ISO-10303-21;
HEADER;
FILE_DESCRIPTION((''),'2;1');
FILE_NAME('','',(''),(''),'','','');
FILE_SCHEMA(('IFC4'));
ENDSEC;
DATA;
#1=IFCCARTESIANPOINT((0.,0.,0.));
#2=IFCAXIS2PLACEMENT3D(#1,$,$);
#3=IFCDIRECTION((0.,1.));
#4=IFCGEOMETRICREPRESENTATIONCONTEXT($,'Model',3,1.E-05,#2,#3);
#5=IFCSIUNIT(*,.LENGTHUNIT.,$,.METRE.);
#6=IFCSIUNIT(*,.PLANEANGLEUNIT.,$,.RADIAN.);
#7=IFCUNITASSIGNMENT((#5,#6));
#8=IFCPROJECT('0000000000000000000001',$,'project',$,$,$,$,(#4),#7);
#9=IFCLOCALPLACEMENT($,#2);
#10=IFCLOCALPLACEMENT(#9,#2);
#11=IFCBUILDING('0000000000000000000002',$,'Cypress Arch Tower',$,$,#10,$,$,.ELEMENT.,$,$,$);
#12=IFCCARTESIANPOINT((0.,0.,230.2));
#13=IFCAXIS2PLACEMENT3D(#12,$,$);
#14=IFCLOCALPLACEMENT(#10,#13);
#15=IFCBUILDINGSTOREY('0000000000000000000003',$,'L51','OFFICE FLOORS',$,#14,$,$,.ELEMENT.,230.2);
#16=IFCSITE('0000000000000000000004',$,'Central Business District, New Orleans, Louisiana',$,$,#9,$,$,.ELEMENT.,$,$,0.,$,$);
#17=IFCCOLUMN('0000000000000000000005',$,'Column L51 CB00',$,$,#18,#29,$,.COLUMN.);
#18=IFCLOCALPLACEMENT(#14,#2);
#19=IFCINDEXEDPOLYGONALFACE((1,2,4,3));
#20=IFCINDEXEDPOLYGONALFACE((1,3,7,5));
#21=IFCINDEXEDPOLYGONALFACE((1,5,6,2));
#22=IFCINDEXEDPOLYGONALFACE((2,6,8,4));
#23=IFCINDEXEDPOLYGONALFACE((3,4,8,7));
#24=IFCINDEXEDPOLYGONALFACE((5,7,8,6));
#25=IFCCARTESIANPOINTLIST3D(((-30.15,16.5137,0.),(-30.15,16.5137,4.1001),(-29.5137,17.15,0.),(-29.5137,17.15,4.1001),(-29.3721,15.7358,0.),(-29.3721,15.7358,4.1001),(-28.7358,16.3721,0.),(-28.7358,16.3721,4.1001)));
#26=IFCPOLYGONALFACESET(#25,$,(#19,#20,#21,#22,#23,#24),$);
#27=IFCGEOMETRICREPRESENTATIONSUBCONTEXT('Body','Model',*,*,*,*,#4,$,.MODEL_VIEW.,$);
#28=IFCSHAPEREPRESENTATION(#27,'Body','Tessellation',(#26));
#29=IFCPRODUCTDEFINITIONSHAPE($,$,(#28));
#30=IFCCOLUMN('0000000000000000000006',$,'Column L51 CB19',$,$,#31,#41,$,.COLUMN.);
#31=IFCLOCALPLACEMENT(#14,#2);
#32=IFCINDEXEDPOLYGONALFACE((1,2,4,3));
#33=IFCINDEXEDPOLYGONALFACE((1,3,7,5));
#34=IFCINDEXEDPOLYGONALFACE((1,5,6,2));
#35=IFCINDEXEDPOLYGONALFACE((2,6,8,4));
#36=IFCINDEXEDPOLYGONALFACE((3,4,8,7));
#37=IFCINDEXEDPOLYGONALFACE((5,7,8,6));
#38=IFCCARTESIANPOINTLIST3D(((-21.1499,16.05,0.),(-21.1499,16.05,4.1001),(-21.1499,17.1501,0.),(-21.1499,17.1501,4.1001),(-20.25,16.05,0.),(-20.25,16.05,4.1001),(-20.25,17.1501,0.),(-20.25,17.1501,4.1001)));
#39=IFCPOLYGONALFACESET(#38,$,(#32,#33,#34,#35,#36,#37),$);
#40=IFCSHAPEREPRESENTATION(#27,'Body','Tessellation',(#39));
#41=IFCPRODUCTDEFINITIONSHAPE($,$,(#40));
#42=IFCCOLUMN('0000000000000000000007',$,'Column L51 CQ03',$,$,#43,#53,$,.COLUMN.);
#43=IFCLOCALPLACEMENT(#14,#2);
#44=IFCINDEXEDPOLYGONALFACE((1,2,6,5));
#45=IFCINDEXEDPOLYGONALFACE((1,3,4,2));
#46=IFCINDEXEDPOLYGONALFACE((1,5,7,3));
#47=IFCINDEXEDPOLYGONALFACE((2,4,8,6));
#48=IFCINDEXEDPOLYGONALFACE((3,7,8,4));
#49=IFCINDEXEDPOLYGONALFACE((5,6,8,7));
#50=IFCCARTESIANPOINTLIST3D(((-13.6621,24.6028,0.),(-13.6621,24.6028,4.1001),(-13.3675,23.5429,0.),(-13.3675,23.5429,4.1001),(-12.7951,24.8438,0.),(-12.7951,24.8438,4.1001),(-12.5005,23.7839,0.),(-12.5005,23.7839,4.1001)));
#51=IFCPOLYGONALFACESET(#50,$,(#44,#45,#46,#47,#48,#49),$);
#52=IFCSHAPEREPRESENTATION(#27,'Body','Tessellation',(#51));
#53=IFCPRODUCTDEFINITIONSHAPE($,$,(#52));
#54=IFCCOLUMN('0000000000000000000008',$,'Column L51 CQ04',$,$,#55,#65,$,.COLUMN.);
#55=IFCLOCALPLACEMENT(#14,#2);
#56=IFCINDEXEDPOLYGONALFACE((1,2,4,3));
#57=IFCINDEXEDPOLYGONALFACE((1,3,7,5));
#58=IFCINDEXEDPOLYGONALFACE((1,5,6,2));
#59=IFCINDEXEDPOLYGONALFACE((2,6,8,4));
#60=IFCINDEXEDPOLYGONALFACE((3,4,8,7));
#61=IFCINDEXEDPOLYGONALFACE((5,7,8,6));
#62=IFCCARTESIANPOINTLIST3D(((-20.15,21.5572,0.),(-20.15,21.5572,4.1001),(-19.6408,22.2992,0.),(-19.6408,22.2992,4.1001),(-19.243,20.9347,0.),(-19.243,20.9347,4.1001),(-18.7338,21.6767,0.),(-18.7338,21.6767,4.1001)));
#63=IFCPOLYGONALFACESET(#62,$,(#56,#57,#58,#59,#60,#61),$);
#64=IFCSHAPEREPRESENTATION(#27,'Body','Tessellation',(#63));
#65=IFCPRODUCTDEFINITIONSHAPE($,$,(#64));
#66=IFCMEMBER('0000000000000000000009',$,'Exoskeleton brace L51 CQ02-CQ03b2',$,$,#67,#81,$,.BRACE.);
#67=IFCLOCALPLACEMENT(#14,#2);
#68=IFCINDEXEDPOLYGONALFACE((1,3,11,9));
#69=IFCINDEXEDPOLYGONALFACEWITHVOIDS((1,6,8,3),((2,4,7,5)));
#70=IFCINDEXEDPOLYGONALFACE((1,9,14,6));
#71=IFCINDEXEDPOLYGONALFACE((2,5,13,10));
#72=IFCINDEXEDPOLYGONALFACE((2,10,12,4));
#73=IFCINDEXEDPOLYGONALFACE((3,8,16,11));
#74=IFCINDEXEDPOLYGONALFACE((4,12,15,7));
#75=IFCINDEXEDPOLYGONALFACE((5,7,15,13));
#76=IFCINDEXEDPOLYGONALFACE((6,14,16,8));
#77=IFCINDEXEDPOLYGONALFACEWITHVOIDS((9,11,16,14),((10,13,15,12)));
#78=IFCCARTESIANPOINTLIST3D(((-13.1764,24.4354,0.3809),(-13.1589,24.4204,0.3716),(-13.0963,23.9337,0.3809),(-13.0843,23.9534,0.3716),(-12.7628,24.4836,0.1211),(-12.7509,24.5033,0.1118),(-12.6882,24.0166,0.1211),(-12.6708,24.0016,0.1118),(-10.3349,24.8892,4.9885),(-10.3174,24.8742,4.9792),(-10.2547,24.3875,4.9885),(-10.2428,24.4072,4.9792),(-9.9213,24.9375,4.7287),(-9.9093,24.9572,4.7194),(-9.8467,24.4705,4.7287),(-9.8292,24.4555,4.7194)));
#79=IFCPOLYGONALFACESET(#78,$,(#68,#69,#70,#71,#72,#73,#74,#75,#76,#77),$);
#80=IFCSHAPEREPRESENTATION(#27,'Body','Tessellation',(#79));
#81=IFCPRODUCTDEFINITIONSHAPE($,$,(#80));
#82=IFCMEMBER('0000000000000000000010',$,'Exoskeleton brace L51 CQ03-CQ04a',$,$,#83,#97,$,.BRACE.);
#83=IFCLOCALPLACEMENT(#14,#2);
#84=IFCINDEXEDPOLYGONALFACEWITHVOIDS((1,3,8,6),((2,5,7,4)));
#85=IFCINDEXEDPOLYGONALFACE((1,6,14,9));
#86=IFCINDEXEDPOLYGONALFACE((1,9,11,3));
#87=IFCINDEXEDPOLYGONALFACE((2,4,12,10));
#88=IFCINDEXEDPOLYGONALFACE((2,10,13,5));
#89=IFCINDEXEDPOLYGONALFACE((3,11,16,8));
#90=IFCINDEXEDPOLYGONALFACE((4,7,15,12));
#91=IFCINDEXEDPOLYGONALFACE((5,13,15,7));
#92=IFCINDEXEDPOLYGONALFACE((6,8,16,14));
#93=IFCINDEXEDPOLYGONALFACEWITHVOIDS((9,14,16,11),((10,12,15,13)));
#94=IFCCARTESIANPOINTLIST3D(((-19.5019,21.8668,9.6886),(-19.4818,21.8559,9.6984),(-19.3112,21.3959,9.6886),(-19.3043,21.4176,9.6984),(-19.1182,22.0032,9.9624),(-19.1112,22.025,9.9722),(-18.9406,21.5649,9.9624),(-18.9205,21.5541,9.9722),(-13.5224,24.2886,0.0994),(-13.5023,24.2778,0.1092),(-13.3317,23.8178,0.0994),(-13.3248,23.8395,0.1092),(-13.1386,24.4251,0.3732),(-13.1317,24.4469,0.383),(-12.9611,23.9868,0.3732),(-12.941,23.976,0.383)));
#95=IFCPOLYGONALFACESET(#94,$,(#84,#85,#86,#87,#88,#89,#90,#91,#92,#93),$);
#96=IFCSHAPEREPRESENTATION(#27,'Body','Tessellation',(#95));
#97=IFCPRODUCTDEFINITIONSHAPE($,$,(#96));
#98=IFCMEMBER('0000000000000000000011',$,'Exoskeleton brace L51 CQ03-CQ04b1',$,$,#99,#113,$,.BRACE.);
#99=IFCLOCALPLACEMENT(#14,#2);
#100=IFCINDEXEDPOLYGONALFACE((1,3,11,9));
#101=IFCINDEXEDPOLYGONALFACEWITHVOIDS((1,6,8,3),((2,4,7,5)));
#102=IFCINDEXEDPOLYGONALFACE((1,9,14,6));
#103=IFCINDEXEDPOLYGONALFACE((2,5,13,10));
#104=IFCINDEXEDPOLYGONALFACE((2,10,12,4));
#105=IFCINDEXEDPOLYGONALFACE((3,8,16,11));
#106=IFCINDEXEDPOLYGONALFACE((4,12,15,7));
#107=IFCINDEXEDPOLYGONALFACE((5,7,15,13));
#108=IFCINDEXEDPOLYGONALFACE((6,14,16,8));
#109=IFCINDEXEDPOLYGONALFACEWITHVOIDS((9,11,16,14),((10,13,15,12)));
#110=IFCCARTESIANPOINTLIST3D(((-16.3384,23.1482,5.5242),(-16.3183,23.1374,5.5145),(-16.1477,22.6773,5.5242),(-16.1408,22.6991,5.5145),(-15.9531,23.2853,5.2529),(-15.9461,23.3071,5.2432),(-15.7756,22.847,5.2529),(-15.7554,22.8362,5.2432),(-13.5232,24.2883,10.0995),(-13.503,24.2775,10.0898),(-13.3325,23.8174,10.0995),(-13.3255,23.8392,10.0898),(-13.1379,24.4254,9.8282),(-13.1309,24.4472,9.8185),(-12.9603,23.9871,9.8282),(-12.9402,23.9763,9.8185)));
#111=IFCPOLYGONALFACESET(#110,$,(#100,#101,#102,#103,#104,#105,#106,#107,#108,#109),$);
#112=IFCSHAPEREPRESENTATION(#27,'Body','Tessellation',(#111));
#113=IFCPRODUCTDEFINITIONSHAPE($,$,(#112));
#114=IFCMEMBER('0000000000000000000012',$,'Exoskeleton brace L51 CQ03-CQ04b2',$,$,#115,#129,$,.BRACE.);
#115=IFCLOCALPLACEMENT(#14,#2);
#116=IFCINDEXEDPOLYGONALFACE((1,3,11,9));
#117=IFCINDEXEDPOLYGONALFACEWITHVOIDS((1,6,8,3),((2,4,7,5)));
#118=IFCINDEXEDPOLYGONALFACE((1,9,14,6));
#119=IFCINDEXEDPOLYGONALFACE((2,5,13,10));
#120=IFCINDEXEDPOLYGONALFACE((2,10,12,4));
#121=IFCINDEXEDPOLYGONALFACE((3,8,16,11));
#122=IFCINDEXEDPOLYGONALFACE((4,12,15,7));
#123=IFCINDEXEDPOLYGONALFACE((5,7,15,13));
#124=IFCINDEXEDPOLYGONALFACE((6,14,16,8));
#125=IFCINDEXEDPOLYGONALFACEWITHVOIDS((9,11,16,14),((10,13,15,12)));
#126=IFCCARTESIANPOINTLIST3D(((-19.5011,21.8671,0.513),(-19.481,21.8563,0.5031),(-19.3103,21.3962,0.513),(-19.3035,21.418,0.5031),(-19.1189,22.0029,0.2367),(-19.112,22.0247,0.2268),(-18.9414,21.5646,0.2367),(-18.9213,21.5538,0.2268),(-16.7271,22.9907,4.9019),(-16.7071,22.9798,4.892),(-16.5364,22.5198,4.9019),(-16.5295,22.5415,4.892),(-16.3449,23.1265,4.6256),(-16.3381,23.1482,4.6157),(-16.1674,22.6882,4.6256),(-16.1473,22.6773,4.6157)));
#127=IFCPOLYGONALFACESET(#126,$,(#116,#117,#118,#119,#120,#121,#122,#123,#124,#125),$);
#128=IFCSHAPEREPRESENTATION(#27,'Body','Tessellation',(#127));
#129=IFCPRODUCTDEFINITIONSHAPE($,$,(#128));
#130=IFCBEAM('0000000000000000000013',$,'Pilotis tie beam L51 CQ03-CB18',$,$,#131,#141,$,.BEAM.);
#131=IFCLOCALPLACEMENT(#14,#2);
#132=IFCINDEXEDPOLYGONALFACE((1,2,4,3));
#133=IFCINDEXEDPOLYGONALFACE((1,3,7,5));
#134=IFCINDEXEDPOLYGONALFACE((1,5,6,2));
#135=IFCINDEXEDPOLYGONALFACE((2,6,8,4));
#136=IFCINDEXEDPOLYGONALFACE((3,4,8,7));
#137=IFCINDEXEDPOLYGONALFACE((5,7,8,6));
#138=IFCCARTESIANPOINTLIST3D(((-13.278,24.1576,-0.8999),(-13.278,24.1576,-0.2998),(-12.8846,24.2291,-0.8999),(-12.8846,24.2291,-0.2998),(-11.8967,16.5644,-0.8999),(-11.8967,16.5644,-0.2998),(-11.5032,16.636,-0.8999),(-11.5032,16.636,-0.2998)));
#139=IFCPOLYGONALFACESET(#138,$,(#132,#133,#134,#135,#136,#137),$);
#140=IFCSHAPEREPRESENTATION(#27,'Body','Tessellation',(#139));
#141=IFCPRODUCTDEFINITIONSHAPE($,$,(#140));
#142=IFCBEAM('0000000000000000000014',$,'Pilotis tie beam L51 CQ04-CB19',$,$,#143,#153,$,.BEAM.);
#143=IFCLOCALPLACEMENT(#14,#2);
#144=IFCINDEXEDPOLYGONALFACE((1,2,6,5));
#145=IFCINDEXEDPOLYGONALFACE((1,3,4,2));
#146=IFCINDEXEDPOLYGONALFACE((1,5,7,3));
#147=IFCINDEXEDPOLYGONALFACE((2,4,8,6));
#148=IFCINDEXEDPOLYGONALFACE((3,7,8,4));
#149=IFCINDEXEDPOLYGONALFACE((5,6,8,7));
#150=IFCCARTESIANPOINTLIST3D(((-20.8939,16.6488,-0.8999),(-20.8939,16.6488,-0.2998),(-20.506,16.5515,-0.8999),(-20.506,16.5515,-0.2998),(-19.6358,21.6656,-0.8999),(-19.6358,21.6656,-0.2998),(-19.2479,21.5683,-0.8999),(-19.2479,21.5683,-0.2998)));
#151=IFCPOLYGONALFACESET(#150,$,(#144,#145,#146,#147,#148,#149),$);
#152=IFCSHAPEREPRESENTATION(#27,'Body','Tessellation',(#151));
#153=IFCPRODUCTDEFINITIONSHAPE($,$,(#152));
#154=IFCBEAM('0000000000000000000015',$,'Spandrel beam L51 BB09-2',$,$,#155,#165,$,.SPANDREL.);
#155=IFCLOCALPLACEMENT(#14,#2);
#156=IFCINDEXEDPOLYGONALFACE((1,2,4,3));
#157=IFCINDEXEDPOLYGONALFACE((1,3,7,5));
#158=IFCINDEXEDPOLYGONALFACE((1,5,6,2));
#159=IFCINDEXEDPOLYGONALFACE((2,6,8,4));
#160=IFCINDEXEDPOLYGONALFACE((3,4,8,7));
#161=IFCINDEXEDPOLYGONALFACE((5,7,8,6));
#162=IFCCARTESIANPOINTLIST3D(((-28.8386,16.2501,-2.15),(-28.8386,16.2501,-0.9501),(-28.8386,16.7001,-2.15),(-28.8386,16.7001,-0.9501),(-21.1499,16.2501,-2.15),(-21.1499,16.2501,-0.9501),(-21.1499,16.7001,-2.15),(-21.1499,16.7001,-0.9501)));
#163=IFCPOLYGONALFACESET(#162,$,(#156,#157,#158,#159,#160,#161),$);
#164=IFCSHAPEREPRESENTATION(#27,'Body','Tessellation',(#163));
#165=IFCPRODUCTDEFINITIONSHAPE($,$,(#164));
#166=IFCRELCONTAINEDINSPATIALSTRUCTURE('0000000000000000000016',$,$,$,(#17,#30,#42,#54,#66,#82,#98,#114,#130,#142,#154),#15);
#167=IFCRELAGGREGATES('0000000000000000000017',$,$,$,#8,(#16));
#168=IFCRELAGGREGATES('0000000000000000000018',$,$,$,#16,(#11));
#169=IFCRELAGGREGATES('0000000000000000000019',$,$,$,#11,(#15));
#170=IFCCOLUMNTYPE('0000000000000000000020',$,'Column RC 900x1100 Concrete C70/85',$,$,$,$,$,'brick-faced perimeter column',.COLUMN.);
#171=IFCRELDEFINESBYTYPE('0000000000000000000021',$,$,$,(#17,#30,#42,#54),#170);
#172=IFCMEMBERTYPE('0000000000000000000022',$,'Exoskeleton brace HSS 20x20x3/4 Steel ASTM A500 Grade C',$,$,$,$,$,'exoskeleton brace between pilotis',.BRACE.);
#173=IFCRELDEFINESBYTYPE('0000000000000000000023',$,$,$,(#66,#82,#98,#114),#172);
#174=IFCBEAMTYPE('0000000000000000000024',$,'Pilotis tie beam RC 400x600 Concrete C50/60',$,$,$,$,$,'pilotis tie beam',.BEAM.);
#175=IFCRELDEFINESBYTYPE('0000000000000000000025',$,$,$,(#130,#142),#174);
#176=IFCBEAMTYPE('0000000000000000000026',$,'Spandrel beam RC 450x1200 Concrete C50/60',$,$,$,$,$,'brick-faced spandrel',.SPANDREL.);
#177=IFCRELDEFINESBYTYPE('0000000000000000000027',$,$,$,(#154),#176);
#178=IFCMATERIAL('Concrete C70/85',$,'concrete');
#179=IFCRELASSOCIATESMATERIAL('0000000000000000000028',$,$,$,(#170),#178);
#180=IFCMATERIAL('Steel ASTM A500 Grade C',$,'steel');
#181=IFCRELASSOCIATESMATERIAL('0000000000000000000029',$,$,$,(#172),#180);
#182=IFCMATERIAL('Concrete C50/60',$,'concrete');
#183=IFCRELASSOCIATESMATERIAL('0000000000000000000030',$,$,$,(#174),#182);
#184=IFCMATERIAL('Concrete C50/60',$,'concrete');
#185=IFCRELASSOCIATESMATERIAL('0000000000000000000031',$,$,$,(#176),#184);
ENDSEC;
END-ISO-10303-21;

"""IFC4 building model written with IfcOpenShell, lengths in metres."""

from ifc_helpers import new_model, si_unit, direction, frame, origin, origin_2d, place, context, subcontext, project, spatial, rectangle, hollow_rectangle, extrude, material, material_profile, profile_set, type_object, element, save


model = new_model("IFC4")

# Units and contexts
model_context = context("Model", 3, precision=1e-05, world=origin(), true_north=direction((0.0, 1.0)))
body_context = subcontext(model_context, "Body", "Model", "MODEL_VIEW")
ifc_project = project(units=[si_unit("LENGTHUNIT", "METRE"), si_unit("PLANEANGLEUNIT", "RADIAN")], contexts=[model_context])

# Site, building, storey
site_placement = place(None, origin())
site = spatial("IfcSite", under=ifc_project, at=site_placement, Name="Central Business District, New Orleans, Louisiana", CompositionType="ELEMENT", RefElevation=0.0)
building_placement = place(site_placement, origin())
building = spatial("IfcBuilding", under=site, at=building_placement, Name="Cypress Arch Tower", CompositionType="ELEMENT")
storey_placement = place(building_placement, frame((0.0, 0.0, 230.2)))
storey = spatial("IfcBuildingStorey", under=building, at=storey_placement, Name="L51", Description="OFFICE FLOORS", CompositionType="ELEMENT", Elevation=230.2)

# Columns
ifc_material_1 = material(Name="Concrete C70/85", Category="concrete")
ifc_material_profile_1 = material_profile(ifc_material_1, rectangle(XDim=0.8999, YDim=1.1001, at=origin_2d()), Name="RC 900x1100")
ifc_profile_set_1 = profile_set([ifc_material_profile_1], Name="Concrete C70/85")
column_type = type_object("IfcColumnType", Name="Column RC 900x1100 Concrete C70/85", ElementType="brick-faced perimeter column", PredefinedType="COLUMN", material=ifc_profile_set_1)
for number, where, z_axis, x_axis, name in (
    (1, (-29.4429, 16.4429, 0.0), (0.0, 0.0, 1.0), (-0.707107, -0.707107, 0.0), "Column L51 CB00"),
    (2, (-20.7, 16.6001, 0.0), (0.0, 0.0, 1.0), (-1.0, 0.0, 0.0), "Column L51 CB19"),
    (3, (-13.0813, 24.1934, 0.0), (0.0, 0.0, 1.0), (-0.963456, -0.267868, 0.0), "Column L51 CQ03"),
    (4, (-19.4419, 21.6169, 0.0), (0.0, 0.0, 1.0), (-0.565893, -0.824479, 0.0), "Column L51 CQ04"),
):
    element("IfcColumn", number, at=place(storey_placement, frame(where, z_axis=z_axis, x_axis=x_axis)), inside=storey, type_object=column_type, Name=name, PredefinedType="COLUMN", context=body_context, shape_type="SweptSolid", body=[
        extrude(rectangle(XDim=0.8999, YDim=1.1001, at=origin_2d()), origin(), (0.0, 0.0, 1.0), 4.1001),
    ])

# Members
ifc_material_2 = material(Name="Steel ASTM A500 Grade C", Category="steel")
ifc_material_profile_2 = material_profile(ifc_material_2, hollow_rectangle(XDim=0.5081, YDim=0.5081, WallThickness=0.0176, at=origin_2d()), Name="HSS 20x20x3/4")
ifc_profile_set_2 = profile_set([ifc_material_profile_2], Name="Steel ASTM A500 Grade C")
member_type = type_object("IfcMemberType", Name="Exoskeleton brace HSS 20x20x3/4 Steel ASTM A500 Grade C", ElementType="exoskeleton brace between pilotis", PredefinedType="BRACE", material=ifc_profile_set_2)
member_1_placement = place(storey_placement, frame((-12.9236, 24.2185, 0.2463), z_axis=(0.523075, 0.083546, 0.848182), x_axis=(-0.157722, 0.987483, 0.0)))
element("IfcMember", 5, at=member_1_placement, inside=storey, type_object=member_type, Name="Exoskeleton brace L51 CQ02-CQ03b2", PredefinedType="BRACE", context=body_context, shape_type="SweptSolid", body=[
    extrude(hollow_rectangle(XDim=0.5081, YDim=0.5081, WallThickness=0.0176, at=origin_2d()), origin(), (0.0, 0.0, 1.0), 5.4324),
])
member_2_placement = place(storey_placement, frame((-13.2317, 24.1323, 0.2412), z_axis=(-0.517379, -0.209554, 0.829703), x_axis=(0.375406, -0.92686, 0.0)))
element("IfcMember", 6, at=member_2_placement, inside=storey, type_object=member_type, Name="Exoskeleton brace L51 CQ03-CQ04a", PredefinedType="BRACE", context=body_context, shape_type="SweptSolid", body=[
    extrude(hollow_rectangle(XDim=0.5081, YDim=0.5081, WallThickness=0.0176, at=origin_2d()), origin(), (0.0, 0.0, 1.0), 11.5574),
])
member_3_placement = place(storey_placement, frame((-13.2317, 24.1323, 9.959), z_axis=(-0.512636, -0.207615, -0.833127), x_axis=(0.375379, -0.926872, 0.0)))
element("IfcMember", 7, at=member_3_placement, inside=storey, type_object=member_type, Name="Exoskeleton brace L51 CQ03-CQ04b1", PredefinedType="BRACE", context=body_context, shape_type="SweptSolid", body=[
    extrude(hollow_rectangle(XDim=0.5081, YDim=0.5081, WallThickness=0.0176, at=origin_2d()), origin(), (0.0, 0.0, 1.0), 5.4917),
])
member_4_placement = place(storey_placement, frame((-19.2112, 21.7104, 0.3699), z_axis=(0.522179, 0.211501, 0.826194), x_axis=(-0.37541, 0.926859, 0.0)))
element("IfcMember", 8, at=member_4_placement, inside=storey, type_object=member_type, Name="Exoskeleton brace L51 CQ03-CQ04b2", PredefinedType="BRACE", context=body_context, shape_type="SweptSolid", body=[
    extrude(hollow_rectangle(XDim=0.5081, YDim=0.5081, WallThickness=0.0176, at=origin_2d()), origin(), (0.0, 0.0, 1.0), 5.3123),
])

# Beams
ifc_material_3 = material(Name="Concrete C50/60", Category="concrete")
ifc_material_profile_3 = material_profile(ifc_material_3, rectangle(XDim=0.3999, YDim=0.6001, at=origin_2d()), Name="RC 400x600")
ifc_profile_set_3 = profile_set([ifc_material_profile_3], Name="Concrete C50/60")
beam_type_1 = type_object("IfcBeamType", Name="Pilotis tie beam RC 400x600 Concrete C50/60", ElementType="pilotis tie beam", PredefinedType="BEAM", material=ifc_profile_set_3)
beam_1_placement = place(storey_placement, frame((-13.0813, 24.1934, -0.5999), z_axis=(0.17898, -0.983853, 0.0), x_axis=(0.983853, 0.17898, 0.0)))
element("IfcBeam", 9, at=beam_1_placement, inside=storey, type_object=beam_type_1, Name="Pilotis tie beam L51 CQ03-CB18", PredefinedType="BEAM", context=body_context, shape_type="SweptSolid", body=[
    extrude(rectangle(XDim=0.3999, YDim=0.6001, at=origin_2d()), origin(), (0.0, 0.0, 1.0), 7.7178),
])
beam_2_placement = place(storey_placement, frame((-19.4419, 21.6169, -0.5999), z_axis=(-0.243235, -0.969967, 0.0), x_axis=(0.969967, -0.243235, 0.0)))
element("IfcBeam", 10, at=beam_2_placement, inside=storey, type_object=beam_type_1, Name="Pilotis tie beam L51 CQ04-CB19", PredefinedType="BEAM", context=body_context, shape_type="SweptSolid", body=[
    extrude(rectangle(XDim=0.3999, YDim=0.6001, at=origin_2d()), origin(), (0.0, 0.0, 1.0), 5.1721),
])
ifc_material_4 = material(Name="Concrete C50/60", Category="concrete")
ifc_material_profile_4 = material_profile(ifc_material_4, rectangle(XDim=0.45, YDim=1.2, at=origin_2d()), Name="RC 450x1200")
ifc_profile_set_4 = profile_set([ifc_material_profile_4], Name="Concrete C50/60")
beam_type_2 = type_object("IfcBeamType", Name="Spandrel beam RC 450x1200 Concrete C50/60", ElementType="brick-faced spandrel", PredefinedType="SPANDREL", material=ifc_profile_set_4)
beam_3_placement = place(storey_placement, frame((-21.1499, 16.4751, -1.55), z_axis=(-1.0, 0.0, 0.0), x_axis=(0.0, -1.0, 0.0)))
element("IfcBeam", 11, at=beam_3_placement, inside=storey, type_object=beam_type_2, Name="Spandrel beam L51 BB09-2", PredefinedType="SPANDREL", context=body_context, shape_type="SweptSolid", body=[
    extrude(rectangle(XDim=0.45, YDim=1.2, at=origin_2d()), origin(), (0.0, 0.0, 1.0), 7.6887),
])

save(model, "model.ifc")
